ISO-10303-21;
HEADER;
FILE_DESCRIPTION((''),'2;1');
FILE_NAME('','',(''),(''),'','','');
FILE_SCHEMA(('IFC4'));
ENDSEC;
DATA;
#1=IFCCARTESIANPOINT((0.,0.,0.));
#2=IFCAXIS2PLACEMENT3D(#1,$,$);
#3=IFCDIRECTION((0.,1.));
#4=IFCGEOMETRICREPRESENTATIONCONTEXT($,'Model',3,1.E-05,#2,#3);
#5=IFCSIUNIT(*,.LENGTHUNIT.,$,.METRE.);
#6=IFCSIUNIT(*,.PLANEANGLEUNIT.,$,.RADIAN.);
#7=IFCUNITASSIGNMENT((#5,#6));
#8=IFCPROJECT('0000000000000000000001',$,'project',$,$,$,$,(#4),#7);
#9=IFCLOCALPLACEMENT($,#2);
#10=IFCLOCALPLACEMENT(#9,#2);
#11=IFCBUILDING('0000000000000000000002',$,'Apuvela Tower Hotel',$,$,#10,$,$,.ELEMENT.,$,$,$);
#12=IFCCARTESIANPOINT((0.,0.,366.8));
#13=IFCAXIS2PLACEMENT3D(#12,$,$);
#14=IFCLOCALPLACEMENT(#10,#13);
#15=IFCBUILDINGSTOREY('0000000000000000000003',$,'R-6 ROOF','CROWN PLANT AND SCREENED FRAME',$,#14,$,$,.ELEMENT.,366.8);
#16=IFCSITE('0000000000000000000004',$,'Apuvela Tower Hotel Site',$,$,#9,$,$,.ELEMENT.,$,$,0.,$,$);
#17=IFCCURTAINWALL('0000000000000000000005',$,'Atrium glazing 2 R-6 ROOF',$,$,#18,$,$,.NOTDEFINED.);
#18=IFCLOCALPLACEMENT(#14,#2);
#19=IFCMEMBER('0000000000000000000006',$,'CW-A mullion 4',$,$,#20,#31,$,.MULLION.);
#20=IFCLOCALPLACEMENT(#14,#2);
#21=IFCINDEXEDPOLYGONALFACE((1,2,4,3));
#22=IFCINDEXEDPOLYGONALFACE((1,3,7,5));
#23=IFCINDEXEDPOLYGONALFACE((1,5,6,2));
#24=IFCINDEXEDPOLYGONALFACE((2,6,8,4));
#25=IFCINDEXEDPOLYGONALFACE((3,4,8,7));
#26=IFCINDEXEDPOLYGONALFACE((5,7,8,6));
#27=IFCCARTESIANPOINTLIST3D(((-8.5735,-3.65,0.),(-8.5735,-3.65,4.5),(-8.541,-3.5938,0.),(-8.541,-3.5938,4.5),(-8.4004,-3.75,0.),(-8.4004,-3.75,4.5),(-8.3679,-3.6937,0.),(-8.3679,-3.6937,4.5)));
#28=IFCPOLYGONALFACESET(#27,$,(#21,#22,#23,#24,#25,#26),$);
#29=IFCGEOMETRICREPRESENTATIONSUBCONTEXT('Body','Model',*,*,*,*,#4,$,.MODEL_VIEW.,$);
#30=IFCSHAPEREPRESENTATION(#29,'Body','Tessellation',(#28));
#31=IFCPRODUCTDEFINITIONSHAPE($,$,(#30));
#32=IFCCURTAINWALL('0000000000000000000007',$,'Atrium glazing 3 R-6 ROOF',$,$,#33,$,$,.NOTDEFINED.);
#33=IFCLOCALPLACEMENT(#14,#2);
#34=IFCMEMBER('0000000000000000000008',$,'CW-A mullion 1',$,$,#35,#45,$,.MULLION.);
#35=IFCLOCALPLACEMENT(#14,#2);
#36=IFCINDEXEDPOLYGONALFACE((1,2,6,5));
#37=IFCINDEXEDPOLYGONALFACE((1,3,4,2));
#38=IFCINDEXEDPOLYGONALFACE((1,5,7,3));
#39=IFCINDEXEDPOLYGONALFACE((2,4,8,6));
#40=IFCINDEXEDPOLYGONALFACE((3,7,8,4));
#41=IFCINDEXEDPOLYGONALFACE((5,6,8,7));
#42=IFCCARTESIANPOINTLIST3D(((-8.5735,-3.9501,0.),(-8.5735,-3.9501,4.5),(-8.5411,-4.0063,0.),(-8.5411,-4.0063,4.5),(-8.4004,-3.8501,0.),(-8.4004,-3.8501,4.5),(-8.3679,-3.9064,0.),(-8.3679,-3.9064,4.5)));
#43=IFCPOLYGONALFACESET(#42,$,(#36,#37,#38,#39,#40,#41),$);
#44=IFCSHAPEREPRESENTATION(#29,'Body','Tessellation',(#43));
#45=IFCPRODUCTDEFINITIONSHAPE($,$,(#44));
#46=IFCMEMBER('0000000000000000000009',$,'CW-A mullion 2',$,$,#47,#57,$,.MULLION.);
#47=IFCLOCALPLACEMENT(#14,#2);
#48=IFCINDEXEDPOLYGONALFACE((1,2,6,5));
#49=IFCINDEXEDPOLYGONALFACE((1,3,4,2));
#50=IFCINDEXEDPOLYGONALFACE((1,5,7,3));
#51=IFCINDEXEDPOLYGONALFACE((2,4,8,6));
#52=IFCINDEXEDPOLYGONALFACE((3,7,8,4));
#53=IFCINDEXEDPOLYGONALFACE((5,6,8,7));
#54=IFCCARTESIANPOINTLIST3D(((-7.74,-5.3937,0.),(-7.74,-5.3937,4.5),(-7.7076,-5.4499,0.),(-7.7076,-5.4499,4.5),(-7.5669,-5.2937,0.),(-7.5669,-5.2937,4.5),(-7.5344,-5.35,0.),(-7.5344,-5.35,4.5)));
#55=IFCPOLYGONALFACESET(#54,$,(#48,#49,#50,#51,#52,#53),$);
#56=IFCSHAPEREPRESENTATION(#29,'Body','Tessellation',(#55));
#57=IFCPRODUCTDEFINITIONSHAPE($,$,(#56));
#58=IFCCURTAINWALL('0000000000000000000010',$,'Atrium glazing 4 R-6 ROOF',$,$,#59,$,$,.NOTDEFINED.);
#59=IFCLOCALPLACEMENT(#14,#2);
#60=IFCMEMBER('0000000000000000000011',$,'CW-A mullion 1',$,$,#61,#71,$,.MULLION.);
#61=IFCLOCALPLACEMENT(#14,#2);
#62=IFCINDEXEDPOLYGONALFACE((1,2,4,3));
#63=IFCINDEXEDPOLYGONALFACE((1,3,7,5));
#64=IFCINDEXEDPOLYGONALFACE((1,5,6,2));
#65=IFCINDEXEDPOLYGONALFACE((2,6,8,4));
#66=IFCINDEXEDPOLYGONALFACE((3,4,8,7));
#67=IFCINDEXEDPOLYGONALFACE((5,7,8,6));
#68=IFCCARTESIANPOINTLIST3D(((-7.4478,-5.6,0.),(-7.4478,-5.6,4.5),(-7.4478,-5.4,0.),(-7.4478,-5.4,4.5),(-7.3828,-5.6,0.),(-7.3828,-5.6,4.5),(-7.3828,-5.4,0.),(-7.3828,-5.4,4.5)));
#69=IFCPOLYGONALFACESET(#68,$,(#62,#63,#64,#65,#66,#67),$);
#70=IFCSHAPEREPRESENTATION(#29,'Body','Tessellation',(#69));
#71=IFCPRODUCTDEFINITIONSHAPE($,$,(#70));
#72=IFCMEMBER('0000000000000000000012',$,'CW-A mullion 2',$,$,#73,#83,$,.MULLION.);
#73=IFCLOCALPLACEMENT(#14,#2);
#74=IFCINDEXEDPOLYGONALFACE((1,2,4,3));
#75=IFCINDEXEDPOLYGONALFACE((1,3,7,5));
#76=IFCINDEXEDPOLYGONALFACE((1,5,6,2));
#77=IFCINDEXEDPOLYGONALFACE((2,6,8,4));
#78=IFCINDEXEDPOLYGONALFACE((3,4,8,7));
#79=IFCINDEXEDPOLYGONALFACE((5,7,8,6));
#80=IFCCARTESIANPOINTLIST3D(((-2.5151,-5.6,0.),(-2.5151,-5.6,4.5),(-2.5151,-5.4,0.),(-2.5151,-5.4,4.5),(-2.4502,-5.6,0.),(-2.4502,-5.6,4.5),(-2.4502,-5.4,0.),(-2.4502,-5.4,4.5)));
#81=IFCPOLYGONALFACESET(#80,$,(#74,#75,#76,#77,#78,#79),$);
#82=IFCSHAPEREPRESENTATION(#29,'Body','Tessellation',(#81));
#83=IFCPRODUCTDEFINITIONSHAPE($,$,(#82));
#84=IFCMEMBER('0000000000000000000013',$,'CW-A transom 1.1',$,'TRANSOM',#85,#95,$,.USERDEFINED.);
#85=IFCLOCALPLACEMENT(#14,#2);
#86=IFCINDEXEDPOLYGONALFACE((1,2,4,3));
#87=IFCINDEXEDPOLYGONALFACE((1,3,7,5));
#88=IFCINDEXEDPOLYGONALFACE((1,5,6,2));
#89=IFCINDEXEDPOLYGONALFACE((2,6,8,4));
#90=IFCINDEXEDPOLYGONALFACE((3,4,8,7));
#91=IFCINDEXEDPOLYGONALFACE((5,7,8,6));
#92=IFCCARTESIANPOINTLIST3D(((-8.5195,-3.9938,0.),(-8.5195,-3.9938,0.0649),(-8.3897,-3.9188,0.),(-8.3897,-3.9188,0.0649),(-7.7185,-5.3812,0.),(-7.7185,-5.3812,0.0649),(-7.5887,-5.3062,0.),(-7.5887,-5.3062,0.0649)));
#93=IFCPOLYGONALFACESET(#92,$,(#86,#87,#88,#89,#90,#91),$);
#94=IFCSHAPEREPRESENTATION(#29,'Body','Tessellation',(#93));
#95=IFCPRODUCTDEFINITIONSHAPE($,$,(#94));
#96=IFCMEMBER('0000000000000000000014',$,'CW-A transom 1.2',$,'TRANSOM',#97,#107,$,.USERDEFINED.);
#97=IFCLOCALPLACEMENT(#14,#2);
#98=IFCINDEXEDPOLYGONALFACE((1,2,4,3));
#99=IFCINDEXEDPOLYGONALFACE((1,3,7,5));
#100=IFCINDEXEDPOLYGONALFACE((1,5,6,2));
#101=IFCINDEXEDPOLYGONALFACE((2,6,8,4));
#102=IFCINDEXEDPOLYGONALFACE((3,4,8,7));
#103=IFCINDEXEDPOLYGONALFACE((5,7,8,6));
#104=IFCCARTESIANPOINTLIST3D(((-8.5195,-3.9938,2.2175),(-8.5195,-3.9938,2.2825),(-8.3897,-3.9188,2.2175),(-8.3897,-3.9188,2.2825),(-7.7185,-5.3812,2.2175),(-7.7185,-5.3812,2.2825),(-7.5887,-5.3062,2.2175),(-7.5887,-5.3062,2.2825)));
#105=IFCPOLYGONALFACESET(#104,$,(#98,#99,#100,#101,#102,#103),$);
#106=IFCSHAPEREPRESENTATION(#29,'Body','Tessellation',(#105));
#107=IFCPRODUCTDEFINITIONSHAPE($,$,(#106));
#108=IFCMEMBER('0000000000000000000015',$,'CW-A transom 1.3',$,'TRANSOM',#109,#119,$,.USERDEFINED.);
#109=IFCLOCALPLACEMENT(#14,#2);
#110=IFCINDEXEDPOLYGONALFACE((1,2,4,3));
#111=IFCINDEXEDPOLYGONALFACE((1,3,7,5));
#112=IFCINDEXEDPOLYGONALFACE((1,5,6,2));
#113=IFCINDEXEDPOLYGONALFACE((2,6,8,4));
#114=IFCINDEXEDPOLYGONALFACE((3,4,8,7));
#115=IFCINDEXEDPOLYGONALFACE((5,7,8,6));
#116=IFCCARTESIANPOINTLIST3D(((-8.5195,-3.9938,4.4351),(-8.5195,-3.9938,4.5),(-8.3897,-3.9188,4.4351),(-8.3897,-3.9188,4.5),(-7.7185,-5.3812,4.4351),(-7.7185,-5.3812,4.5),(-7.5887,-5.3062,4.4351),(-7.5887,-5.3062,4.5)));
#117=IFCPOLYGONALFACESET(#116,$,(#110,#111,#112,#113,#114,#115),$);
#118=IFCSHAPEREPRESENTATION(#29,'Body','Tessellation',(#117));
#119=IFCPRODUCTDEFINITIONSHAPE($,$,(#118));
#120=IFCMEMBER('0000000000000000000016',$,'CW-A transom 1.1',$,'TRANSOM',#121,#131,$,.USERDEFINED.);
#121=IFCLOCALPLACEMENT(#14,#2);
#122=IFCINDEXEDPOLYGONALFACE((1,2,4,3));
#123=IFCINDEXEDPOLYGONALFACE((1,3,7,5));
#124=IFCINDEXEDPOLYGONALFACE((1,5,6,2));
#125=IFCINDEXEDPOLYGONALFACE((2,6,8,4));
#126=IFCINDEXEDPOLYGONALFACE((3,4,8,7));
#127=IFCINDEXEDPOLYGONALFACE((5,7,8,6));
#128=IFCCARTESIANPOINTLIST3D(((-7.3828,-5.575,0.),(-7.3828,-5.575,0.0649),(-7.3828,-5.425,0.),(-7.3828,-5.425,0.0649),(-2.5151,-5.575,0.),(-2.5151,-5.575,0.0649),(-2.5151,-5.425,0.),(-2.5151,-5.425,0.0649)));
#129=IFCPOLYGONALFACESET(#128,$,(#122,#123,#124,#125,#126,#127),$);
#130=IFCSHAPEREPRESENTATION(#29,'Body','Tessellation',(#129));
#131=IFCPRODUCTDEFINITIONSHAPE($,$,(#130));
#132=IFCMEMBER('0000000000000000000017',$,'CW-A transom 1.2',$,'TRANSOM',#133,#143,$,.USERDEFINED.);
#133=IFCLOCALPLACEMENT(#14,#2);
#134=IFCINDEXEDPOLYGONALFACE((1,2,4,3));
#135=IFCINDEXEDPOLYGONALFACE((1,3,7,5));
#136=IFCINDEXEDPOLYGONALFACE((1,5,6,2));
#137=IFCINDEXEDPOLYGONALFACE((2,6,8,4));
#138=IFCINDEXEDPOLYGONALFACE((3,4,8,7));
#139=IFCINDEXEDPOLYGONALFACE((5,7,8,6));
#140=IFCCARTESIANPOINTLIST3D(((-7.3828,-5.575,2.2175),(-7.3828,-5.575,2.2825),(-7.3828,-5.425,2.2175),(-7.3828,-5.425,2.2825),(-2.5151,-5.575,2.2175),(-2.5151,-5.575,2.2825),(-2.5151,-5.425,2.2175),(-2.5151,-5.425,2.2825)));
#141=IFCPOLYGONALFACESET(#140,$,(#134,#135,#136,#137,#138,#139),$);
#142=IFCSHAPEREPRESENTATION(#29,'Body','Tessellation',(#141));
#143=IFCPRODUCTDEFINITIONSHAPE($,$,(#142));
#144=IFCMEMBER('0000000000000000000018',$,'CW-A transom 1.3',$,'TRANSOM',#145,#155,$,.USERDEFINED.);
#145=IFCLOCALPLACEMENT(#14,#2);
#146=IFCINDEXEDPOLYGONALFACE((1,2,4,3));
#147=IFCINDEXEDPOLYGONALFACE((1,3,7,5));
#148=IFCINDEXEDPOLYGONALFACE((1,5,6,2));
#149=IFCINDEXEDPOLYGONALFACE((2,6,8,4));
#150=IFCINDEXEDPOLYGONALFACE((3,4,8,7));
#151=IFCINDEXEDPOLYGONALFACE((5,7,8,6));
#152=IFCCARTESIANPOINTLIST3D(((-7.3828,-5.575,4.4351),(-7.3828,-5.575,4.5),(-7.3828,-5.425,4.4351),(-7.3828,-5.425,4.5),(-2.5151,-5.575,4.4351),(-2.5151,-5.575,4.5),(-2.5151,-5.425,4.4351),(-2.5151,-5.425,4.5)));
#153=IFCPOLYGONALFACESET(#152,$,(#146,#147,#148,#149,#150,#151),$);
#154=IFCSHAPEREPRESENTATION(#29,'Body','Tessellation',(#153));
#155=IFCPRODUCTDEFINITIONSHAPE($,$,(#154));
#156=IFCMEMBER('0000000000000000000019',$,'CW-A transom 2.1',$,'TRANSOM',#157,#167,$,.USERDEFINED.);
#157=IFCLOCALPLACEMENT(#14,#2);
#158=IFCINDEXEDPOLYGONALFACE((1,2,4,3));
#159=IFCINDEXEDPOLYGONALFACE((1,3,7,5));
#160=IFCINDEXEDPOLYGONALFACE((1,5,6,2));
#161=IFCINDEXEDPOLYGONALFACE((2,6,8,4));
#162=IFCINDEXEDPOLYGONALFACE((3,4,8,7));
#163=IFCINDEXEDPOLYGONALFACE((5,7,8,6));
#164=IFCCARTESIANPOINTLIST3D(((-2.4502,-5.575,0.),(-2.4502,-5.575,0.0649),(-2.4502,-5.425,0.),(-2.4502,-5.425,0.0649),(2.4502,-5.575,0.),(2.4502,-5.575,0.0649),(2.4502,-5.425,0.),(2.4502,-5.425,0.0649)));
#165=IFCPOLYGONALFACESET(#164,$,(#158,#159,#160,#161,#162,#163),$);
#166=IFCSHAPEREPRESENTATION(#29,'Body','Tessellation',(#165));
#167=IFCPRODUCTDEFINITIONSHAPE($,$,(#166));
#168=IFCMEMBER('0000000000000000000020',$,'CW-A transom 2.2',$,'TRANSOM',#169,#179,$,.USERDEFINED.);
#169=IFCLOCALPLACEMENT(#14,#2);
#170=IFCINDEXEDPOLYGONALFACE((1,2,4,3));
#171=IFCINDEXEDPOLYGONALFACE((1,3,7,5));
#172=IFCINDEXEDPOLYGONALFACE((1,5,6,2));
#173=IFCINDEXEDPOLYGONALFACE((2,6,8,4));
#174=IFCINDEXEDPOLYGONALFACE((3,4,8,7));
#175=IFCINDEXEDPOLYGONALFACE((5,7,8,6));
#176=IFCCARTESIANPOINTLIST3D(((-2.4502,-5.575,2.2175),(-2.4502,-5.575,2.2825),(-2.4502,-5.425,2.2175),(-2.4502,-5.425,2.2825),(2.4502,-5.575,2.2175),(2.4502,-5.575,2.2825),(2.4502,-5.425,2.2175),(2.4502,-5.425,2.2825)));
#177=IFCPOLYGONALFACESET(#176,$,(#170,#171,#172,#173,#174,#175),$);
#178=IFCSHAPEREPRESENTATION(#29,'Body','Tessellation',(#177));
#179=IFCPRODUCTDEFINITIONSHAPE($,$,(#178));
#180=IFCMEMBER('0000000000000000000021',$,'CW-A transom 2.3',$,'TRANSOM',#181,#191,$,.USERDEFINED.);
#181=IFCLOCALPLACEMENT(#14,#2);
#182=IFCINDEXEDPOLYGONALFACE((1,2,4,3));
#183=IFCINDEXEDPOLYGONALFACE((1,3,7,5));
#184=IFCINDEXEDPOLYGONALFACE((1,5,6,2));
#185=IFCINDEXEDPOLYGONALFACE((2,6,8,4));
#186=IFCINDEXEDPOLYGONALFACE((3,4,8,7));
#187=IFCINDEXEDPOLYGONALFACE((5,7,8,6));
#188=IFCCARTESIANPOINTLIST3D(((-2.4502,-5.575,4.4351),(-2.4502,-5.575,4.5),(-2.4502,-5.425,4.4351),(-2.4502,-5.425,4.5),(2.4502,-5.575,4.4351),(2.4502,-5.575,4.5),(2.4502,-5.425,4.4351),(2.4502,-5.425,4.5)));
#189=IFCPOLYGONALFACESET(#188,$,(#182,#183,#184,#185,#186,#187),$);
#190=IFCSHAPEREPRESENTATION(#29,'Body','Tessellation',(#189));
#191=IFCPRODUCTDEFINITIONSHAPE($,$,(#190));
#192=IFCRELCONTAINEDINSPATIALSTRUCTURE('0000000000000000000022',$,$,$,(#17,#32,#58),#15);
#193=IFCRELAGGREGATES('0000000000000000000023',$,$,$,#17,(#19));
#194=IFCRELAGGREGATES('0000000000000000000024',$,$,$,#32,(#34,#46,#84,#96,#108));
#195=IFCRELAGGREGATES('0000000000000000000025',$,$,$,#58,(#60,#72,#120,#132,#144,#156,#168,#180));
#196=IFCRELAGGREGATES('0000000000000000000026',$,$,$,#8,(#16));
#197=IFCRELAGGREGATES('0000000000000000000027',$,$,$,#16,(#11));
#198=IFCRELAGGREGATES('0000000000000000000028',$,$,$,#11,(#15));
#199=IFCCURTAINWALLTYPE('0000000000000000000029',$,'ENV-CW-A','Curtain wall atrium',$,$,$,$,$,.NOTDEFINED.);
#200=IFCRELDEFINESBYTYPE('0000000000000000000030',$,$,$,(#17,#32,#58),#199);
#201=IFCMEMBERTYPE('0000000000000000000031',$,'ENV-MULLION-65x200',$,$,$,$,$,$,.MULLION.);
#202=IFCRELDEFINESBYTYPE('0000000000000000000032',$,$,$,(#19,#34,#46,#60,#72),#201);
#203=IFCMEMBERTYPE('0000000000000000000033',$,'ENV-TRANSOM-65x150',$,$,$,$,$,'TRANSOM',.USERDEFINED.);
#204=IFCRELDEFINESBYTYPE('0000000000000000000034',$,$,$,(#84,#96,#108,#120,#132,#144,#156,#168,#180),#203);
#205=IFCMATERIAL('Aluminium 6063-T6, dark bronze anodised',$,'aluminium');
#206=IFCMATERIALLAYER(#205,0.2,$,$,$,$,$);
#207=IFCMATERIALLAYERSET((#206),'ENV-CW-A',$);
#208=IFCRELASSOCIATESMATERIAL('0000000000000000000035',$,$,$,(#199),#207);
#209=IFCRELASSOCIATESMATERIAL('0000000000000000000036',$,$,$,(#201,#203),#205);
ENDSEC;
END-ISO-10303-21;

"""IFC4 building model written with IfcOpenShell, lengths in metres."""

from ifc_helpers import new_model, si_unit, direction, frame, origin, origin_2d, place, context, subcontext, project, spatial, rectangle, extrude, material, layer, layer_set, material_profile, profile_set, type_object, element, aggregate, save


model = new_model("IFC4")

# Units and contexts
model_context = context("Model", 3, precision=1e-05, world=origin(), true_north=direction((0.0, 1.0)))
body_context = subcontext(model_context, "Body", "Model", "MODEL_VIEW")
ifc_project = project(units=[si_unit("LENGTHUNIT", "METRE"), si_unit("PLANEANGLEUNIT", "RADIAN")], contexts=[model_context])

# Site, building, storey
site_placement = place(None, origin())
site = spatial("IfcSite", under=ifc_project, at=site_placement, Name="Apuvela Tower Hotel Site", CompositionType="ELEMENT", RefElevation=0.0)
building_placement = place(site_placement, origin())
building = spatial("IfcBuilding", under=site, at=building_placement, Name="Apuvela Tower Hotel", CompositionType="ELEMENT")
storey_placement = place(building_placement, frame((0.0, 0.0, 366.8)))
storey = spatial("IfcBuildingStorey", under=building, at=storey_placement, Name="R-6 ROOF", Description="CROWN PLANT AND SCREENED FRAME", CompositionType="ELEMENT", Elevation=366.8)

# Curtain wall, member
ifc_material_1 = material(Name="Aluminium 6063-T6, dark bronze anodised", Category="aluminium")
ifc_layer_1 = layer(ifc_material_1, 0.2)
ifc_layer_set_1 = layer_set([ifc_layer_1], Name="ENV-CW-A")
curtain_wall_type = type_object("IfcCurtainWallType", Name="ENV-CW-A", Description="Curtain wall atrium", PredefinedType="NOTDEFINED", material=ifc_layer_set_1)
curtain_wall_1_placement = place(storey_placement, origin())
curtain_wall_1 = element("IfcCurtainWall", 1, at=curtain_wall_1_placement, inside=storey, type_object=curtain_wall_type, Name="Atrium glazing 2 R-6 ROOF", PredefinedType="NOTDEFINED")
ifc_material_profile_1 = material_profile(ifc_material_1, rectangle(XDim=0.2, YDim=0.0649, at=origin_2d()), Name="AL 65x200")
ifc_profile_set_1 = profile_set([ifc_material_profile_1], Name="Aluminium 6063-T6, dark bronze anodised")
member_type_1 = type_object("IfcMemberType", Name="ENV-MULLION-65x200", PredefinedType="MULLION", material=ifc_profile_set_1)
member_1_placement = place(storey_placement, frame((-8.4707, -3.6719, 0.0), z_axis=(0.0, 0.0, 1.0), x_axis=(0.866026, -0.499999, 0.0)))
member_1 = element("IfcMember", 2, at=member_1_placement, type_object=member_type_1, Name="CW-A mullion 4", PredefinedType="MULLION", context=body_context, shape_type="SweptSolid", body=[
    extrude(rectangle(XDim=0.2, YDim=0.0649, at=origin_2d()), origin(), (0.0, 0.0, 1.0), 4.5),
])

# Curtain walls, members
curtain_wall_2_placement = place(storey_placement, origin())
curtain_wall_2 = element("IfcCurtainWall", 3, at=curtain_wall_2_placement, inside=storey, type_object=curtain_wall_type, Name="Atrium glazing 3 R-6 ROOF", PredefinedType="NOTDEFINED")
member_2_placement = place(storey_placement, frame((-8.4707, -3.9282, 0.0), z_axis=(0.0, 0.0, 1.0), x_axis=(0.866032, 0.499989, 0.0)))
member_2 = element("IfcMember", 4, at=member_2_placement, type_object=member_type_1, Name="CW-A mullion 1", PredefinedType="MULLION", context=body_context, shape_type="SweptSolid", body=[
    extrude(rectangle(XDim=0.2, YDim=0.0649, at=origin_2d()), origin(), (0.0, 0.0, 1.0), 4.5),
])
member_3_placement = place(storey_placement, frame((-7.6372, -5.3718, 0.0), z_axis=(0.0, 0.0, 1.0), x_axis=(0.866032, 0.499989, 0.0)))
member_3 = element("IfcMember", 5, at=member_3_placement, type_object=member_type_1, Name="CW-A mullion 2", PredefinedType="MULLION", context=body_context, shape_type="SweptSolid", body=[
    extrude(rectangle(XDim=0.2, YDim=0.0649, at=origin_2d()), origin(), (0.0, 0.0, 1.0), 4.5),
])
curtain_wall_3_placement = place(storey_placement, origin())
curtain_wall_3 = element("IfcCurtainWall", 6, at=curtain_wall_3_placement, inside=storey, type_object=curtain_wall_type, Name="Atrium glazing 4 R-6 ROOF", PredefinedType="NOTDEFINED")
member_4_placement = place(storey_placement, frame((-7.4153, -5.5, 0.0), z_axis=(0.0, 0.0, 1.0), x_axis=(0.0, 1.0, 0.0)))
member_4 = element("IfcMember", 7, at=member_4_placement, type_object=member_type_1, Name="CW-A mullion 1", PredefinedType="MULLION", context=body_context, shape_type="SweptSolid", body=[
    extrude(rectangle(XDim=0.2, YDim=0.0649, at=origin_2d()), origin(), (0.0, 0.0, 1.0), 4.5),
])
member_5_placement = place(storey_placement, frame((-2.4827, -5.5, 0.0), z_axis=(0.0, 0.0, 1.0), x_axis=(0.0, 1.0, 0.0)))
member_5 = element("IfcMember", 8, at=member_5_placement, type_object=member_type_1, Name="CW-A mullion 2", PredefinedType="MULLION", context=body_context, shape_type="SweptSolid", body=[
    extrude(rectangle(XDim=0.2, YDim=0.0649, at=origin_2d()), origin(), (0.0, 0.0, 1.0), 4.5),
])

# Members
ifc_material_profile_2 = material_profile(ifc_material_1, rectangle(XDim=0.1499, YDim=0.0649, at=origin_2d()), Name="AL 65x150 transom")
ifc_profile_set_2 = profile_set([ifc_material_profile_2], Name="Aluminium 6063-T6, dark bronze anodised")
member_type_2 = type_object("IfcMemberType", Name="ENV-TRANSOM-65x150", ElementType="TRANSOM", PredefinedType="USERDEFINED", material=ifc_profile_set_2)
member_6_placement = place(storey_placement, frame((-8.4546, -3.9563, 0.0325), z_axis=(0.499991, -0.866031, 0.0), x_axis=(0.866031, 0.499991, 0.0)))
member_6 = element("IfcMember", 9, at=member_6_placement, type_object=member_type_2, Name="CW-A transom 1.1", ObjectType="TRANSOM", PredefinedType="USERDEFINED", context=body_context, shape_type="SweptSolid", body=[
    extrude(rectangle(XDim=0.1499, YDim=0.0649, at=origin_2d()), origin(), (0.0, 0.0, 1.0), 1.6021),
])
member_7_placement = place(storey_placement, frame((-8.4546, -3.9563, 2.25), z_axis=(0.499991, -0.866031, 0.0), x_axis=(0.866031, 0.499991, 0.0)))
member_7 = element("IfcMember", 10, at=member_7_placement, type_object=member_type_2, Name="CW-A transom 1.2", ObjectType="TRANSOM", PredefinedType="USERDEFINED", context=body_context, shape_type="SweptSolid", body=[
    extrude(rectangle(XDim=0.1499, YDim=0.0649, at=origin_2d()), origin(), (0.0, 0.0, 1.0), 1.6021),
])
member_8_placement = place(storey_placement, frame((-8.4546, -3.9563, 4.4675), z_axis=(0.499991, -0.866031, 0.0), x_axis=(0.866031, 0.499991, 0.0)))
member_8 = element("IfcMember", 11, at=member_8_placement, type_object=member_type_2, Name="CW-A transom 1.3", ObjectType="TRANSOM", PredefinedType="USERDEFINED", context=body_context, shape_type="SweptSolid", body=[
    extrude(rectangle(XDim=0.1499, YDim=0.0649, at=origin_2d()), origin(), (0.0, 0.0, 1.0), 1.6021),
])
member_9_placement = place(storey_placement, frame((-7.3828, -5.5, 0.0325), z_axis=(1.0, 0.0, 0.0), x_axis=(0.0, 1.0, 0.0)))
member_9 = element("IfcMember", 12, at=member_9_placement, type_object=member_type_2, Name="CW-A transom 1.1", ObjectType="TRANSOM", PredefinedType="USERDEFINED", context=body_context, shape_type="SweptSolid", body=[
    extrude(rectangle(XDim=0.1499, YDim=0.0649, at=origin_2d()), origin(), (0.0, 0.0, 1.0), 4.8677),
])
member_10_placement = place(storey_placement, frame((-7.3828, -5.5, 2.25), z_axis=(1.0, 0.0, 0.0), x_axis=(0.0, 1.0, 0.0)))
member_10 = element("IfcMember", 13, at=member_10_placement, type_object=member_type_2, Name="CW-A transom 1.2", ObjectType="TRANSOM", PredefinedType="USERDEFINED", context=body_context, shape_type="SweptSolid", body=[
    extrude(rectangle(XDim=0.1499, YDim=0.0649, at=origin_2d()), origin(), (0.0, 0.0, 1.0), 4.8677),
])
member_11_placement = place(storey_placement, frame((-7.3828, -5.5, 4.4675), z_axis=(1.0, 0.0, 0.0), x_axis=(0.0, 1.0, 0.0)))
member_11 = element("IfcMember", 14, at=member_11_placement, type_object=member_type_2, Name="CW-A transom 1.3", ObjectType="TRANSOM", PredefinedType="USERDEFINED", context=body_context, shape_type="SweptSolid", body=[
    extrude(rectangle(XDim=0.1499, YDim=0.0649, at=origin_2d()), origin(), (0.0, 0.0, 1.0), 4.8677),
])
member_12_placement = place(storey_placement, frame((-2.4502, -5.5, 0.0325), z_axis=(1.0, 0.0, 0.0), x_axis=(0.0, 1.0, 0.0)))
member_12 = element("IfcMember", 15, at=member_12_placement, type_object=member_type_2, Name="CW-A transom 2.1", ObjectType="TRANSOM", PredefinedType="USERDEFINED", context=body_context, shape_type="SweptSolid", body=[
    extrude(rectangle(XDim=0.1499, YDim=0.0649, at=origin_2d()), origin(), (0.0, 0.0, 1.0), 4.9004),
])
member_13_placement = place(storey_placement, frame((-2.4502, -5.5, 2.25), z_axis=(1.0, 0.0, 0.0), x_axis=(0.0, 1.0, 0.0)))
member_13 = element("IfcMember", 16, at=member_13_placement, type_object=member_type_2, Name="CW-A transom 2.2", ObjectType="TRANSOM", PredefinedType="USERDEFINED", context=body_context, shape_type="SweptSolid", body=[
    extrude(rectangle(XDim=0.1499, YDim=0.0649, at=origin_2d()), origin(), (0.0, 0.0, 1.0), 4.9004),
])
member_14_placement = place(storey_placement, frame((-2.4502, -5.5, 4.4675), z_axis=(1.0, 0.0, 0.0), x_axis=(0.0, 1.0, 0.0)))
member_14 = element("IfcMember", 17, at=member_14_placement, type_object=member_type_2, Name="CW-A transom 2.3", ObjectType="TRANSOM", PredefinedType="USERDEFINED", context=body_context, shape_type="SweptSolid", body=[
    extrude(rectangle(XDim=0.1499, YDim=0.0649, at=origin_2d()), origin(), (0.0, 0.0, 1.0), 4.9004),
])

aggregate(curtain_wall_1, [member_1])
aggregate(curtain_wall_2, [member_2, member_3, member_6, member_7, member_8])
aggregate(curtain_wall_3, [member_4, member_5, member_9, member_10, member_11, member_12, member_13, member_14])

save(model, "model.ifc")
